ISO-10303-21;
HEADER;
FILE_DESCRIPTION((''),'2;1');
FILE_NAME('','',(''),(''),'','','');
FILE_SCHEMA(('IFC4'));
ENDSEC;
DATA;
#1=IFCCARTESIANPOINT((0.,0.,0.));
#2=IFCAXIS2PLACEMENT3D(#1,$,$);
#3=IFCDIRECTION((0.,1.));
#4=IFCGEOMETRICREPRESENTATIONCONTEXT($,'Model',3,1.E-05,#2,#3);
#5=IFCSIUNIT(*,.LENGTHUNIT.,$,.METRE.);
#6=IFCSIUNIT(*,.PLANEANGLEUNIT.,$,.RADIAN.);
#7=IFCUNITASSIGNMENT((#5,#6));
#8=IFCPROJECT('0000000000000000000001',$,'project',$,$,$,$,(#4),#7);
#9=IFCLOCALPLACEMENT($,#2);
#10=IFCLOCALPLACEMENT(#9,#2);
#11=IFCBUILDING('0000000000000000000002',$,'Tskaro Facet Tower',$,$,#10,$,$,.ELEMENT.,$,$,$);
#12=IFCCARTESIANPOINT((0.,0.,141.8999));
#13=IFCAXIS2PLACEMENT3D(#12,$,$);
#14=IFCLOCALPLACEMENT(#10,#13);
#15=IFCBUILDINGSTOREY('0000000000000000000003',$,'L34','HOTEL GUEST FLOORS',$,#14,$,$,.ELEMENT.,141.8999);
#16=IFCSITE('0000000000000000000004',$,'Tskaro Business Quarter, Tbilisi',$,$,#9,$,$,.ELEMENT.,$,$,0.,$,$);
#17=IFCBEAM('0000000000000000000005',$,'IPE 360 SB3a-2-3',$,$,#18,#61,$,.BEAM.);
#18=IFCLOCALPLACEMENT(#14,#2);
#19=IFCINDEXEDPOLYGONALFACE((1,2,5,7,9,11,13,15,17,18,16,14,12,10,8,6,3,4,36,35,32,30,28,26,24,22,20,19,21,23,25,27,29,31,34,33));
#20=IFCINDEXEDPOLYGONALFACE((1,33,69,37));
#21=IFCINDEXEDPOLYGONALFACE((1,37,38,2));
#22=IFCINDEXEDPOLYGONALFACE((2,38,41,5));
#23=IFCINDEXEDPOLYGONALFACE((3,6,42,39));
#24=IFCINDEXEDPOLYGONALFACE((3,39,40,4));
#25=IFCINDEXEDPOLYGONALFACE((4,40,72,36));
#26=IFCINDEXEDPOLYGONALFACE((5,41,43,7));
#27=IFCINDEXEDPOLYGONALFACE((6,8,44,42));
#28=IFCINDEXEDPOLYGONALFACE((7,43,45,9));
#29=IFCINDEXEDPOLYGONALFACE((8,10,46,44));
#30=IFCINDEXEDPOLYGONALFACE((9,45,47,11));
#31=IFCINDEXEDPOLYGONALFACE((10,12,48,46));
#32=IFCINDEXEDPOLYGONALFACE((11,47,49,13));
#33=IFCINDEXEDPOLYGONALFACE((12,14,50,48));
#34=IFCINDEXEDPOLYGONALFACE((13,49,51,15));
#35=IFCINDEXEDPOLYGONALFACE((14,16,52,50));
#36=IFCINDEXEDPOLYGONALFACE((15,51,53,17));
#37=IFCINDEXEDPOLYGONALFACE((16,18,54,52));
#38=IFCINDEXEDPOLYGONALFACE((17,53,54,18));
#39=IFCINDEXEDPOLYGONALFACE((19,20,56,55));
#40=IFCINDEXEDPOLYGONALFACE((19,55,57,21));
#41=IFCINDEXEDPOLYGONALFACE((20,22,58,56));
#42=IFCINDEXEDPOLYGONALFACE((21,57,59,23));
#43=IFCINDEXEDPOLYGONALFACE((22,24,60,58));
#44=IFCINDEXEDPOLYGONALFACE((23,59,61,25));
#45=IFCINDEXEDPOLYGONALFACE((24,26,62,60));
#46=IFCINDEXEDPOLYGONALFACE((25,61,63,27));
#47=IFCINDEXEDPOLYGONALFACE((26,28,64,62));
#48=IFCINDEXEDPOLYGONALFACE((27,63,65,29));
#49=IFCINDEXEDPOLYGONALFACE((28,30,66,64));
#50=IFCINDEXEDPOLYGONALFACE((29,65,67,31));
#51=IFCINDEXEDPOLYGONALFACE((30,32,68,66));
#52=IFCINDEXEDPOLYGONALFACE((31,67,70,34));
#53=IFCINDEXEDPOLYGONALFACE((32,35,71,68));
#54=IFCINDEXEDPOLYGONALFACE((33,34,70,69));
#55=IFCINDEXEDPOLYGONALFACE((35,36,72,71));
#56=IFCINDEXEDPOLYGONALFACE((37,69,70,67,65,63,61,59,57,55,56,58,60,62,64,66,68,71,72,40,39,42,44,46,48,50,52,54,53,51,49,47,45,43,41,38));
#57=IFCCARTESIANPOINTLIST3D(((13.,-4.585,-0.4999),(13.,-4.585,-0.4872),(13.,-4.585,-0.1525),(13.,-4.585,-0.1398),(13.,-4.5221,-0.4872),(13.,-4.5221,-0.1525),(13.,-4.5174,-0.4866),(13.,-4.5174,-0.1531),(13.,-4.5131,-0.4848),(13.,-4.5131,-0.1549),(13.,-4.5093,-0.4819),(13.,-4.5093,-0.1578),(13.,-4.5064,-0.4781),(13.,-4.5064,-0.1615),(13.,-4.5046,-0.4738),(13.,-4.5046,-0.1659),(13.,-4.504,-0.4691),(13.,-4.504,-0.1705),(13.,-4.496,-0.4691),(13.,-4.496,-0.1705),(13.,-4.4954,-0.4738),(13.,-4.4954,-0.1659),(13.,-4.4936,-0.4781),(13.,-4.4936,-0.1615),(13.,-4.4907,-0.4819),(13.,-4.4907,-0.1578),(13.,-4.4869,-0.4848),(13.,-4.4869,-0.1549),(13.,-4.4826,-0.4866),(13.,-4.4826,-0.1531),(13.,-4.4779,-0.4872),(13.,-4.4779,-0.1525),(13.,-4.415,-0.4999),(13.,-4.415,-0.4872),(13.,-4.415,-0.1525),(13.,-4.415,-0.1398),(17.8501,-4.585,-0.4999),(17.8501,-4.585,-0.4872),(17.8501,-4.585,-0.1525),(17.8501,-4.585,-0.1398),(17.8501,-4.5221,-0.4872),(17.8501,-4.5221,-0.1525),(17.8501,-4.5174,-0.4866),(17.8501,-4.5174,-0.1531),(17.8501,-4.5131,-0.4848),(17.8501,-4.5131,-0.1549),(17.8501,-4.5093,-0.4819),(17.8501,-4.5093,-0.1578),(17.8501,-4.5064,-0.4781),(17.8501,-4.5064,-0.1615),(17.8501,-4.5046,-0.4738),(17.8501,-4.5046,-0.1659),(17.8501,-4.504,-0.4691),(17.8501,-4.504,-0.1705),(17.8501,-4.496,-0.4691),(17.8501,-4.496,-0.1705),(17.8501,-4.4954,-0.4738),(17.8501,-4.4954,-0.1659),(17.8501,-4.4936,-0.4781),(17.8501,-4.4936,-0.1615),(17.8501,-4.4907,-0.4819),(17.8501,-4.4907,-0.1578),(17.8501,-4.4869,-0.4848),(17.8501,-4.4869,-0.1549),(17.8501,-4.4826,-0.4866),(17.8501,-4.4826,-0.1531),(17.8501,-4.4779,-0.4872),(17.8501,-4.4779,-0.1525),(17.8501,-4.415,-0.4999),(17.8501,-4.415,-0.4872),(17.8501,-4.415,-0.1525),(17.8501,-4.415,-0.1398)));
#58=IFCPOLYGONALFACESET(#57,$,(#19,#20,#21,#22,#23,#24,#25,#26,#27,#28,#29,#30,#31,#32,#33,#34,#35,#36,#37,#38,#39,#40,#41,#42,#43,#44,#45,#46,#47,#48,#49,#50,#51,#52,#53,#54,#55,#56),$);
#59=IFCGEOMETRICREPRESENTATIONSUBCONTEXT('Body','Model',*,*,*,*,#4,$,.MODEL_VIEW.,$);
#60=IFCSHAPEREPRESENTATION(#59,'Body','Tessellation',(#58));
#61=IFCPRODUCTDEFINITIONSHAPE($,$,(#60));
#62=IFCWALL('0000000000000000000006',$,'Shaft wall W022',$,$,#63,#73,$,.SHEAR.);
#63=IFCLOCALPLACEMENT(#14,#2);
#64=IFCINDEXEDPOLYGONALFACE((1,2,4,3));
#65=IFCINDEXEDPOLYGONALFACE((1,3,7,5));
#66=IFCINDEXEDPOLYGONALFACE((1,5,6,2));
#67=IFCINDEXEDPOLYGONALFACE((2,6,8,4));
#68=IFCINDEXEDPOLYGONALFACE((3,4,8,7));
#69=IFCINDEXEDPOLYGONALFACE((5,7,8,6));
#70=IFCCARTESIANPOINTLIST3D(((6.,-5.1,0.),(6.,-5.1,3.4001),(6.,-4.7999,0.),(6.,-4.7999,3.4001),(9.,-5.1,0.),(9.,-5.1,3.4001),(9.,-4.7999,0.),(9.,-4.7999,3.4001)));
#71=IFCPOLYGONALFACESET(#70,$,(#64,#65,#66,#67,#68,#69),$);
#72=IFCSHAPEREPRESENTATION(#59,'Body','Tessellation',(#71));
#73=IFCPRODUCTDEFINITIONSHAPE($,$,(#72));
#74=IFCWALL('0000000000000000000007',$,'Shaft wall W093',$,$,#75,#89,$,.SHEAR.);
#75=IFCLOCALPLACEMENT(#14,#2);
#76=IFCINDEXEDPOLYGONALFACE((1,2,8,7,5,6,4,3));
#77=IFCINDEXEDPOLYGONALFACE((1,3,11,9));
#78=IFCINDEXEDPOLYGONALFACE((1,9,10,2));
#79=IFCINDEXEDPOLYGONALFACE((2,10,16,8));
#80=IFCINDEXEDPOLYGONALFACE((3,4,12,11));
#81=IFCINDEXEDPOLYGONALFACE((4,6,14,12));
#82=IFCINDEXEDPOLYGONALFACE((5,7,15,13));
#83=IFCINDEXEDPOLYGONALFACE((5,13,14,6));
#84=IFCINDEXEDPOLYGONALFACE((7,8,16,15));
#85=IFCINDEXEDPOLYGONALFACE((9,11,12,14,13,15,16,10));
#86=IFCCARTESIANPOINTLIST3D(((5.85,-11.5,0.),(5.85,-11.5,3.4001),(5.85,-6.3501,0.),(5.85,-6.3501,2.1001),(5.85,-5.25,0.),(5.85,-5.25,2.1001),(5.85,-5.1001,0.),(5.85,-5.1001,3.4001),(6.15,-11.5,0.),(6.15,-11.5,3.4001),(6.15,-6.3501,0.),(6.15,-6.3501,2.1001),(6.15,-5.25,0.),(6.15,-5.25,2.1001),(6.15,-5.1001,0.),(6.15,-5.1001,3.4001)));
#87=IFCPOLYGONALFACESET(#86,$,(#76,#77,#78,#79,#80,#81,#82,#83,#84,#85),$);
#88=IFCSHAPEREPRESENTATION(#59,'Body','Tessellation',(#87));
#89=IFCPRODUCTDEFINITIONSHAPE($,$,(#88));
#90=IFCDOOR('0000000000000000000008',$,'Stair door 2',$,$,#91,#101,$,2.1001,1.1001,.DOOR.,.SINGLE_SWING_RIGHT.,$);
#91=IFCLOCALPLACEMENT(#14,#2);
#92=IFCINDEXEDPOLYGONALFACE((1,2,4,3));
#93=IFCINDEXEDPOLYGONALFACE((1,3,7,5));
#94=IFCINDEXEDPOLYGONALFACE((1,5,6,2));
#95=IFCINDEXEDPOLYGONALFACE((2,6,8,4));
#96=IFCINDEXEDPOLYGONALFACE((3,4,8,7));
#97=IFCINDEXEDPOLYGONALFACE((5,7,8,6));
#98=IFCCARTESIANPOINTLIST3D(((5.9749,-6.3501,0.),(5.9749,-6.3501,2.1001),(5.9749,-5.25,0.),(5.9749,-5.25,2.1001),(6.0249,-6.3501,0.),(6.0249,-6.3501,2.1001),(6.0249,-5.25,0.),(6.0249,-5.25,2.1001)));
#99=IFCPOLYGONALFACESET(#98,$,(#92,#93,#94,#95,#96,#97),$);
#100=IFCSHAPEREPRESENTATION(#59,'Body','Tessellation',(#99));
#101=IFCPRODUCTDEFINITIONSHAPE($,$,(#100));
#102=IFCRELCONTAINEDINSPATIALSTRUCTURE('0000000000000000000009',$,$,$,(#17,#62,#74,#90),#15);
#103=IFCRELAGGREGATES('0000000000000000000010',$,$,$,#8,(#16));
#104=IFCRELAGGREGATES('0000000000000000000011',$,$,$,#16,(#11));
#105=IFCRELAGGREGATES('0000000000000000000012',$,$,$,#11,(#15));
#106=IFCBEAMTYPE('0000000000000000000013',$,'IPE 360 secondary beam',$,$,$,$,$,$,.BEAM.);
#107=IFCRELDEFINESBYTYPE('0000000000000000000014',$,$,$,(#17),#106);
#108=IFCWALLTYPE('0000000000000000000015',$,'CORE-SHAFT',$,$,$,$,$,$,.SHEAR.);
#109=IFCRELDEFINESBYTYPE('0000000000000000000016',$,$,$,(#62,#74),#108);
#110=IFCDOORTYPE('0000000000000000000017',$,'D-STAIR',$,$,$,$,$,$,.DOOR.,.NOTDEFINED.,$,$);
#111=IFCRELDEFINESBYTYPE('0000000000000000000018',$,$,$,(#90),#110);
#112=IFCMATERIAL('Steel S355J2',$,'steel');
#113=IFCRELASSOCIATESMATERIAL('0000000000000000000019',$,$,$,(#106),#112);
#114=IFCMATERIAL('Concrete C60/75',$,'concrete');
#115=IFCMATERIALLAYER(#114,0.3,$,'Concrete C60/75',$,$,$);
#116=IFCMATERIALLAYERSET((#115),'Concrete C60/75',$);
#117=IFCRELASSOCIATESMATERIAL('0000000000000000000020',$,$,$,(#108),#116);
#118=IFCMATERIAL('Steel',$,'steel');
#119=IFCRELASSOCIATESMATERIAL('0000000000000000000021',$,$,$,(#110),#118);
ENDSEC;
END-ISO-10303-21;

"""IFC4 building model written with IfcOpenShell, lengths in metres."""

from ifc_helpers import new_model, si_unit, direction, frame, frame_2d, origin, origin_2d, place, context, subcontext, project, spatial, rectangle, i_section, extrude, material, layer, layer_set, material_profile, profile_set, type_object, element, fill, save


model = new_model("IFC4")

# Units and contexts
model_context = context("Model", 3, precision=1e-05, world=origin(), true_north=direction((0.0, 1.0)))
body_context = subcontext(model_context, "Body", "Model", "MODEL_VIEW")
ifc_project = project(units=[si_unit("LENGTHUNIT", "METRE"), si_unit("PLANEANGLEUNIT", "RADIAN")], contexts=[model_context])

# Site, building, storey
site_placement = place(None, origin())
site = spatial("IfcSite", under=ifc_project, at=site_placement, Name="Tskaro Business Quarter, Tbilisi", CompositionType="ELEMENT", RefElevation=0.0)
building_placement = place(site_placement, origin())
building = spatial("IfcBuilding", under=site, at=building_placement, Name="Tskaro Facet Tower", CompositionType="ELEMENT")
storey_placement = place(building_placement, frame((0.0, 0.0, 141.8999)))
storey = spatial("IfcBuildingStorey", under=building, at=storey_placement, Name="L34", Description="HOTEL GUEST FLOORS", CompositionType="ELEMENT", Elevation=141.8999)

# Beam
ifc_material_1 = material(Name="Steel S355J2", Category="steel")
ifc_material_profile = material_profile(ifc_material_1, i_section(OverallWidth=0.1699, OverallDepth=0.3601, WebThickness=0.0081, FlangeThickness=0.0127, FilletRadius=0.0181, at=origin_2d()), Name="IPE 360")
ifc_profile_set = profile_set([ifc_material_profile], Name="Steel S355J2")
beam_type = type_object("IfcBeamType", Name="IPE 360 secondary beam", PredefinedType="BEAM", material=ifc_profile_set)
beam_placement = place(storey_placement, frame((13.0, -4.5, -0.3198), z_axis=(1.0, 0.0, 0.0), x_axis=(0.0, 1.0, 0.0)))
element("IfcBeam", 1, at=beam_placement, inside=storey, type_object=beam_type, Name="IPE 360 SB3a-2-3", PredefinedType="BEAM", context=body_context, shape_type="SweptSolid", body=[
    extrude(i_section(OverallWidth=0.1699, OverallDepth=0.3601, WebThickness=0.0081, FlangeThickness=0.0127, FilletRadius=0.0181, at=origin_2d()), origin(), (0.0, 0.0, 1.0), 4.8501),
])

# Wall
ifc_material_2 = material(Name="Concrete C60/75", Category="concrete")
ifc_layer_1 = layer(ifc_material_2, 0.3, Name="Concrete C60/75")
ifc_layer_set_1 = layer_set([ifc_layer_1], Name="Concrete C60/75")
wall_type_1 = type_object("IfcWallType", Name="CORE-SHAFT", PredefinedType="SHEAR", material=ifc_layer_set_1)
wall_1_placement = place(storey_placement, frame((6.0, -4.95, 0.0), z_axis=(0.0, 0.0, 1.0), x_axis=(1.0, 0.0, 0.0)))
element("IfcWall", 2, at=wall_1_placement, inside=storey, type_object=wall_type_1, Name="Shaft wall W022", PredefinedType="SHEAR", context=body_context, shape_type="SweptSolid", body=[
    extrude(rectangle(XDim=3.0, YDim=0.3, at=frame_2d((1.5, 0.0))), origin(), (0.0, 0.0, 1.0), 3.4001),
])

# Wall, opening, door
wall_2_placement = place(storey_placement, frame((6.0, -5.1001, 0.0), z_axis=(0.0, 0.0, 1.0), x_axis=(0.0, -1.0, 0.0)))
wall_2 = element("IfcWall", 3, at=wall_2_placement, inside=storey, type_object=wall_type_1, Name="Shaft wall W093", PredefinedType="SHEAR", context=body_context, shape_type="SweptSolid", body=[
    extrude(rectangle(XDim=6.3999, YDim=0.3, at=frame_2d((3.2, 0.0))), origin(), (0.0, 0.0, 1.0), 3.4001),
])
opening_1_placement = place(wall_2_placement, frame((0.1499, 0.0, 0.0)))
opening_1 = element("IfcOpeningElement", 4, at=opening_1_placement, cuts=wall_2, PredefinedType="OPENING", context=body_context, shape_type="SweptSolid", body=[
    extrude(rectangle(XDim=1.1001, YDim=2.1001, at=frame_2d((0.55, 1.05))), frame((0.0, 0.1599, 0.0), z_axis=(0.0, -1.0, 0.0), x_axis=(1.0, 0.0, 0.0)), (0.0, 0.0, 1.0), 0.3201),
])
ifc_material_3 = material(Name="Steel", Category="steel")
door_type_1 = type_object("IfcDoorType", Name="D-STAIR", OperationType="NOTDEFINED", PredefinedType="DOOR", material=ifc_material_3)
door_1_placement = place(opening_1_placement, origin())
door_1 = element("IfcDoor", 5, at=door_1_placement, inside=storey, type_object=door_type_1, Name="Stair door 2", OperationType="SINGLE_SWING_RIGHT", OverallHeight=2.1001, OverallWidth=1.1001, PredefinedType="DOOR", context=body_context, shape_type="SweptSolid", body=[
    extrude(rectangle(XDim=1.1001, YDim=2.1001, at=frame_2d((0.55, 1.05))), frame((0.0, 0.0249, 0.0), z_axis=(0.0, -1.0, 0.0), x_axis=(1.0, 0.0, 0.0)), (0.0, 0.0, 1.0), 0.05),
])
fill(opening_1, door_1)

save(model, "model.ifc")
